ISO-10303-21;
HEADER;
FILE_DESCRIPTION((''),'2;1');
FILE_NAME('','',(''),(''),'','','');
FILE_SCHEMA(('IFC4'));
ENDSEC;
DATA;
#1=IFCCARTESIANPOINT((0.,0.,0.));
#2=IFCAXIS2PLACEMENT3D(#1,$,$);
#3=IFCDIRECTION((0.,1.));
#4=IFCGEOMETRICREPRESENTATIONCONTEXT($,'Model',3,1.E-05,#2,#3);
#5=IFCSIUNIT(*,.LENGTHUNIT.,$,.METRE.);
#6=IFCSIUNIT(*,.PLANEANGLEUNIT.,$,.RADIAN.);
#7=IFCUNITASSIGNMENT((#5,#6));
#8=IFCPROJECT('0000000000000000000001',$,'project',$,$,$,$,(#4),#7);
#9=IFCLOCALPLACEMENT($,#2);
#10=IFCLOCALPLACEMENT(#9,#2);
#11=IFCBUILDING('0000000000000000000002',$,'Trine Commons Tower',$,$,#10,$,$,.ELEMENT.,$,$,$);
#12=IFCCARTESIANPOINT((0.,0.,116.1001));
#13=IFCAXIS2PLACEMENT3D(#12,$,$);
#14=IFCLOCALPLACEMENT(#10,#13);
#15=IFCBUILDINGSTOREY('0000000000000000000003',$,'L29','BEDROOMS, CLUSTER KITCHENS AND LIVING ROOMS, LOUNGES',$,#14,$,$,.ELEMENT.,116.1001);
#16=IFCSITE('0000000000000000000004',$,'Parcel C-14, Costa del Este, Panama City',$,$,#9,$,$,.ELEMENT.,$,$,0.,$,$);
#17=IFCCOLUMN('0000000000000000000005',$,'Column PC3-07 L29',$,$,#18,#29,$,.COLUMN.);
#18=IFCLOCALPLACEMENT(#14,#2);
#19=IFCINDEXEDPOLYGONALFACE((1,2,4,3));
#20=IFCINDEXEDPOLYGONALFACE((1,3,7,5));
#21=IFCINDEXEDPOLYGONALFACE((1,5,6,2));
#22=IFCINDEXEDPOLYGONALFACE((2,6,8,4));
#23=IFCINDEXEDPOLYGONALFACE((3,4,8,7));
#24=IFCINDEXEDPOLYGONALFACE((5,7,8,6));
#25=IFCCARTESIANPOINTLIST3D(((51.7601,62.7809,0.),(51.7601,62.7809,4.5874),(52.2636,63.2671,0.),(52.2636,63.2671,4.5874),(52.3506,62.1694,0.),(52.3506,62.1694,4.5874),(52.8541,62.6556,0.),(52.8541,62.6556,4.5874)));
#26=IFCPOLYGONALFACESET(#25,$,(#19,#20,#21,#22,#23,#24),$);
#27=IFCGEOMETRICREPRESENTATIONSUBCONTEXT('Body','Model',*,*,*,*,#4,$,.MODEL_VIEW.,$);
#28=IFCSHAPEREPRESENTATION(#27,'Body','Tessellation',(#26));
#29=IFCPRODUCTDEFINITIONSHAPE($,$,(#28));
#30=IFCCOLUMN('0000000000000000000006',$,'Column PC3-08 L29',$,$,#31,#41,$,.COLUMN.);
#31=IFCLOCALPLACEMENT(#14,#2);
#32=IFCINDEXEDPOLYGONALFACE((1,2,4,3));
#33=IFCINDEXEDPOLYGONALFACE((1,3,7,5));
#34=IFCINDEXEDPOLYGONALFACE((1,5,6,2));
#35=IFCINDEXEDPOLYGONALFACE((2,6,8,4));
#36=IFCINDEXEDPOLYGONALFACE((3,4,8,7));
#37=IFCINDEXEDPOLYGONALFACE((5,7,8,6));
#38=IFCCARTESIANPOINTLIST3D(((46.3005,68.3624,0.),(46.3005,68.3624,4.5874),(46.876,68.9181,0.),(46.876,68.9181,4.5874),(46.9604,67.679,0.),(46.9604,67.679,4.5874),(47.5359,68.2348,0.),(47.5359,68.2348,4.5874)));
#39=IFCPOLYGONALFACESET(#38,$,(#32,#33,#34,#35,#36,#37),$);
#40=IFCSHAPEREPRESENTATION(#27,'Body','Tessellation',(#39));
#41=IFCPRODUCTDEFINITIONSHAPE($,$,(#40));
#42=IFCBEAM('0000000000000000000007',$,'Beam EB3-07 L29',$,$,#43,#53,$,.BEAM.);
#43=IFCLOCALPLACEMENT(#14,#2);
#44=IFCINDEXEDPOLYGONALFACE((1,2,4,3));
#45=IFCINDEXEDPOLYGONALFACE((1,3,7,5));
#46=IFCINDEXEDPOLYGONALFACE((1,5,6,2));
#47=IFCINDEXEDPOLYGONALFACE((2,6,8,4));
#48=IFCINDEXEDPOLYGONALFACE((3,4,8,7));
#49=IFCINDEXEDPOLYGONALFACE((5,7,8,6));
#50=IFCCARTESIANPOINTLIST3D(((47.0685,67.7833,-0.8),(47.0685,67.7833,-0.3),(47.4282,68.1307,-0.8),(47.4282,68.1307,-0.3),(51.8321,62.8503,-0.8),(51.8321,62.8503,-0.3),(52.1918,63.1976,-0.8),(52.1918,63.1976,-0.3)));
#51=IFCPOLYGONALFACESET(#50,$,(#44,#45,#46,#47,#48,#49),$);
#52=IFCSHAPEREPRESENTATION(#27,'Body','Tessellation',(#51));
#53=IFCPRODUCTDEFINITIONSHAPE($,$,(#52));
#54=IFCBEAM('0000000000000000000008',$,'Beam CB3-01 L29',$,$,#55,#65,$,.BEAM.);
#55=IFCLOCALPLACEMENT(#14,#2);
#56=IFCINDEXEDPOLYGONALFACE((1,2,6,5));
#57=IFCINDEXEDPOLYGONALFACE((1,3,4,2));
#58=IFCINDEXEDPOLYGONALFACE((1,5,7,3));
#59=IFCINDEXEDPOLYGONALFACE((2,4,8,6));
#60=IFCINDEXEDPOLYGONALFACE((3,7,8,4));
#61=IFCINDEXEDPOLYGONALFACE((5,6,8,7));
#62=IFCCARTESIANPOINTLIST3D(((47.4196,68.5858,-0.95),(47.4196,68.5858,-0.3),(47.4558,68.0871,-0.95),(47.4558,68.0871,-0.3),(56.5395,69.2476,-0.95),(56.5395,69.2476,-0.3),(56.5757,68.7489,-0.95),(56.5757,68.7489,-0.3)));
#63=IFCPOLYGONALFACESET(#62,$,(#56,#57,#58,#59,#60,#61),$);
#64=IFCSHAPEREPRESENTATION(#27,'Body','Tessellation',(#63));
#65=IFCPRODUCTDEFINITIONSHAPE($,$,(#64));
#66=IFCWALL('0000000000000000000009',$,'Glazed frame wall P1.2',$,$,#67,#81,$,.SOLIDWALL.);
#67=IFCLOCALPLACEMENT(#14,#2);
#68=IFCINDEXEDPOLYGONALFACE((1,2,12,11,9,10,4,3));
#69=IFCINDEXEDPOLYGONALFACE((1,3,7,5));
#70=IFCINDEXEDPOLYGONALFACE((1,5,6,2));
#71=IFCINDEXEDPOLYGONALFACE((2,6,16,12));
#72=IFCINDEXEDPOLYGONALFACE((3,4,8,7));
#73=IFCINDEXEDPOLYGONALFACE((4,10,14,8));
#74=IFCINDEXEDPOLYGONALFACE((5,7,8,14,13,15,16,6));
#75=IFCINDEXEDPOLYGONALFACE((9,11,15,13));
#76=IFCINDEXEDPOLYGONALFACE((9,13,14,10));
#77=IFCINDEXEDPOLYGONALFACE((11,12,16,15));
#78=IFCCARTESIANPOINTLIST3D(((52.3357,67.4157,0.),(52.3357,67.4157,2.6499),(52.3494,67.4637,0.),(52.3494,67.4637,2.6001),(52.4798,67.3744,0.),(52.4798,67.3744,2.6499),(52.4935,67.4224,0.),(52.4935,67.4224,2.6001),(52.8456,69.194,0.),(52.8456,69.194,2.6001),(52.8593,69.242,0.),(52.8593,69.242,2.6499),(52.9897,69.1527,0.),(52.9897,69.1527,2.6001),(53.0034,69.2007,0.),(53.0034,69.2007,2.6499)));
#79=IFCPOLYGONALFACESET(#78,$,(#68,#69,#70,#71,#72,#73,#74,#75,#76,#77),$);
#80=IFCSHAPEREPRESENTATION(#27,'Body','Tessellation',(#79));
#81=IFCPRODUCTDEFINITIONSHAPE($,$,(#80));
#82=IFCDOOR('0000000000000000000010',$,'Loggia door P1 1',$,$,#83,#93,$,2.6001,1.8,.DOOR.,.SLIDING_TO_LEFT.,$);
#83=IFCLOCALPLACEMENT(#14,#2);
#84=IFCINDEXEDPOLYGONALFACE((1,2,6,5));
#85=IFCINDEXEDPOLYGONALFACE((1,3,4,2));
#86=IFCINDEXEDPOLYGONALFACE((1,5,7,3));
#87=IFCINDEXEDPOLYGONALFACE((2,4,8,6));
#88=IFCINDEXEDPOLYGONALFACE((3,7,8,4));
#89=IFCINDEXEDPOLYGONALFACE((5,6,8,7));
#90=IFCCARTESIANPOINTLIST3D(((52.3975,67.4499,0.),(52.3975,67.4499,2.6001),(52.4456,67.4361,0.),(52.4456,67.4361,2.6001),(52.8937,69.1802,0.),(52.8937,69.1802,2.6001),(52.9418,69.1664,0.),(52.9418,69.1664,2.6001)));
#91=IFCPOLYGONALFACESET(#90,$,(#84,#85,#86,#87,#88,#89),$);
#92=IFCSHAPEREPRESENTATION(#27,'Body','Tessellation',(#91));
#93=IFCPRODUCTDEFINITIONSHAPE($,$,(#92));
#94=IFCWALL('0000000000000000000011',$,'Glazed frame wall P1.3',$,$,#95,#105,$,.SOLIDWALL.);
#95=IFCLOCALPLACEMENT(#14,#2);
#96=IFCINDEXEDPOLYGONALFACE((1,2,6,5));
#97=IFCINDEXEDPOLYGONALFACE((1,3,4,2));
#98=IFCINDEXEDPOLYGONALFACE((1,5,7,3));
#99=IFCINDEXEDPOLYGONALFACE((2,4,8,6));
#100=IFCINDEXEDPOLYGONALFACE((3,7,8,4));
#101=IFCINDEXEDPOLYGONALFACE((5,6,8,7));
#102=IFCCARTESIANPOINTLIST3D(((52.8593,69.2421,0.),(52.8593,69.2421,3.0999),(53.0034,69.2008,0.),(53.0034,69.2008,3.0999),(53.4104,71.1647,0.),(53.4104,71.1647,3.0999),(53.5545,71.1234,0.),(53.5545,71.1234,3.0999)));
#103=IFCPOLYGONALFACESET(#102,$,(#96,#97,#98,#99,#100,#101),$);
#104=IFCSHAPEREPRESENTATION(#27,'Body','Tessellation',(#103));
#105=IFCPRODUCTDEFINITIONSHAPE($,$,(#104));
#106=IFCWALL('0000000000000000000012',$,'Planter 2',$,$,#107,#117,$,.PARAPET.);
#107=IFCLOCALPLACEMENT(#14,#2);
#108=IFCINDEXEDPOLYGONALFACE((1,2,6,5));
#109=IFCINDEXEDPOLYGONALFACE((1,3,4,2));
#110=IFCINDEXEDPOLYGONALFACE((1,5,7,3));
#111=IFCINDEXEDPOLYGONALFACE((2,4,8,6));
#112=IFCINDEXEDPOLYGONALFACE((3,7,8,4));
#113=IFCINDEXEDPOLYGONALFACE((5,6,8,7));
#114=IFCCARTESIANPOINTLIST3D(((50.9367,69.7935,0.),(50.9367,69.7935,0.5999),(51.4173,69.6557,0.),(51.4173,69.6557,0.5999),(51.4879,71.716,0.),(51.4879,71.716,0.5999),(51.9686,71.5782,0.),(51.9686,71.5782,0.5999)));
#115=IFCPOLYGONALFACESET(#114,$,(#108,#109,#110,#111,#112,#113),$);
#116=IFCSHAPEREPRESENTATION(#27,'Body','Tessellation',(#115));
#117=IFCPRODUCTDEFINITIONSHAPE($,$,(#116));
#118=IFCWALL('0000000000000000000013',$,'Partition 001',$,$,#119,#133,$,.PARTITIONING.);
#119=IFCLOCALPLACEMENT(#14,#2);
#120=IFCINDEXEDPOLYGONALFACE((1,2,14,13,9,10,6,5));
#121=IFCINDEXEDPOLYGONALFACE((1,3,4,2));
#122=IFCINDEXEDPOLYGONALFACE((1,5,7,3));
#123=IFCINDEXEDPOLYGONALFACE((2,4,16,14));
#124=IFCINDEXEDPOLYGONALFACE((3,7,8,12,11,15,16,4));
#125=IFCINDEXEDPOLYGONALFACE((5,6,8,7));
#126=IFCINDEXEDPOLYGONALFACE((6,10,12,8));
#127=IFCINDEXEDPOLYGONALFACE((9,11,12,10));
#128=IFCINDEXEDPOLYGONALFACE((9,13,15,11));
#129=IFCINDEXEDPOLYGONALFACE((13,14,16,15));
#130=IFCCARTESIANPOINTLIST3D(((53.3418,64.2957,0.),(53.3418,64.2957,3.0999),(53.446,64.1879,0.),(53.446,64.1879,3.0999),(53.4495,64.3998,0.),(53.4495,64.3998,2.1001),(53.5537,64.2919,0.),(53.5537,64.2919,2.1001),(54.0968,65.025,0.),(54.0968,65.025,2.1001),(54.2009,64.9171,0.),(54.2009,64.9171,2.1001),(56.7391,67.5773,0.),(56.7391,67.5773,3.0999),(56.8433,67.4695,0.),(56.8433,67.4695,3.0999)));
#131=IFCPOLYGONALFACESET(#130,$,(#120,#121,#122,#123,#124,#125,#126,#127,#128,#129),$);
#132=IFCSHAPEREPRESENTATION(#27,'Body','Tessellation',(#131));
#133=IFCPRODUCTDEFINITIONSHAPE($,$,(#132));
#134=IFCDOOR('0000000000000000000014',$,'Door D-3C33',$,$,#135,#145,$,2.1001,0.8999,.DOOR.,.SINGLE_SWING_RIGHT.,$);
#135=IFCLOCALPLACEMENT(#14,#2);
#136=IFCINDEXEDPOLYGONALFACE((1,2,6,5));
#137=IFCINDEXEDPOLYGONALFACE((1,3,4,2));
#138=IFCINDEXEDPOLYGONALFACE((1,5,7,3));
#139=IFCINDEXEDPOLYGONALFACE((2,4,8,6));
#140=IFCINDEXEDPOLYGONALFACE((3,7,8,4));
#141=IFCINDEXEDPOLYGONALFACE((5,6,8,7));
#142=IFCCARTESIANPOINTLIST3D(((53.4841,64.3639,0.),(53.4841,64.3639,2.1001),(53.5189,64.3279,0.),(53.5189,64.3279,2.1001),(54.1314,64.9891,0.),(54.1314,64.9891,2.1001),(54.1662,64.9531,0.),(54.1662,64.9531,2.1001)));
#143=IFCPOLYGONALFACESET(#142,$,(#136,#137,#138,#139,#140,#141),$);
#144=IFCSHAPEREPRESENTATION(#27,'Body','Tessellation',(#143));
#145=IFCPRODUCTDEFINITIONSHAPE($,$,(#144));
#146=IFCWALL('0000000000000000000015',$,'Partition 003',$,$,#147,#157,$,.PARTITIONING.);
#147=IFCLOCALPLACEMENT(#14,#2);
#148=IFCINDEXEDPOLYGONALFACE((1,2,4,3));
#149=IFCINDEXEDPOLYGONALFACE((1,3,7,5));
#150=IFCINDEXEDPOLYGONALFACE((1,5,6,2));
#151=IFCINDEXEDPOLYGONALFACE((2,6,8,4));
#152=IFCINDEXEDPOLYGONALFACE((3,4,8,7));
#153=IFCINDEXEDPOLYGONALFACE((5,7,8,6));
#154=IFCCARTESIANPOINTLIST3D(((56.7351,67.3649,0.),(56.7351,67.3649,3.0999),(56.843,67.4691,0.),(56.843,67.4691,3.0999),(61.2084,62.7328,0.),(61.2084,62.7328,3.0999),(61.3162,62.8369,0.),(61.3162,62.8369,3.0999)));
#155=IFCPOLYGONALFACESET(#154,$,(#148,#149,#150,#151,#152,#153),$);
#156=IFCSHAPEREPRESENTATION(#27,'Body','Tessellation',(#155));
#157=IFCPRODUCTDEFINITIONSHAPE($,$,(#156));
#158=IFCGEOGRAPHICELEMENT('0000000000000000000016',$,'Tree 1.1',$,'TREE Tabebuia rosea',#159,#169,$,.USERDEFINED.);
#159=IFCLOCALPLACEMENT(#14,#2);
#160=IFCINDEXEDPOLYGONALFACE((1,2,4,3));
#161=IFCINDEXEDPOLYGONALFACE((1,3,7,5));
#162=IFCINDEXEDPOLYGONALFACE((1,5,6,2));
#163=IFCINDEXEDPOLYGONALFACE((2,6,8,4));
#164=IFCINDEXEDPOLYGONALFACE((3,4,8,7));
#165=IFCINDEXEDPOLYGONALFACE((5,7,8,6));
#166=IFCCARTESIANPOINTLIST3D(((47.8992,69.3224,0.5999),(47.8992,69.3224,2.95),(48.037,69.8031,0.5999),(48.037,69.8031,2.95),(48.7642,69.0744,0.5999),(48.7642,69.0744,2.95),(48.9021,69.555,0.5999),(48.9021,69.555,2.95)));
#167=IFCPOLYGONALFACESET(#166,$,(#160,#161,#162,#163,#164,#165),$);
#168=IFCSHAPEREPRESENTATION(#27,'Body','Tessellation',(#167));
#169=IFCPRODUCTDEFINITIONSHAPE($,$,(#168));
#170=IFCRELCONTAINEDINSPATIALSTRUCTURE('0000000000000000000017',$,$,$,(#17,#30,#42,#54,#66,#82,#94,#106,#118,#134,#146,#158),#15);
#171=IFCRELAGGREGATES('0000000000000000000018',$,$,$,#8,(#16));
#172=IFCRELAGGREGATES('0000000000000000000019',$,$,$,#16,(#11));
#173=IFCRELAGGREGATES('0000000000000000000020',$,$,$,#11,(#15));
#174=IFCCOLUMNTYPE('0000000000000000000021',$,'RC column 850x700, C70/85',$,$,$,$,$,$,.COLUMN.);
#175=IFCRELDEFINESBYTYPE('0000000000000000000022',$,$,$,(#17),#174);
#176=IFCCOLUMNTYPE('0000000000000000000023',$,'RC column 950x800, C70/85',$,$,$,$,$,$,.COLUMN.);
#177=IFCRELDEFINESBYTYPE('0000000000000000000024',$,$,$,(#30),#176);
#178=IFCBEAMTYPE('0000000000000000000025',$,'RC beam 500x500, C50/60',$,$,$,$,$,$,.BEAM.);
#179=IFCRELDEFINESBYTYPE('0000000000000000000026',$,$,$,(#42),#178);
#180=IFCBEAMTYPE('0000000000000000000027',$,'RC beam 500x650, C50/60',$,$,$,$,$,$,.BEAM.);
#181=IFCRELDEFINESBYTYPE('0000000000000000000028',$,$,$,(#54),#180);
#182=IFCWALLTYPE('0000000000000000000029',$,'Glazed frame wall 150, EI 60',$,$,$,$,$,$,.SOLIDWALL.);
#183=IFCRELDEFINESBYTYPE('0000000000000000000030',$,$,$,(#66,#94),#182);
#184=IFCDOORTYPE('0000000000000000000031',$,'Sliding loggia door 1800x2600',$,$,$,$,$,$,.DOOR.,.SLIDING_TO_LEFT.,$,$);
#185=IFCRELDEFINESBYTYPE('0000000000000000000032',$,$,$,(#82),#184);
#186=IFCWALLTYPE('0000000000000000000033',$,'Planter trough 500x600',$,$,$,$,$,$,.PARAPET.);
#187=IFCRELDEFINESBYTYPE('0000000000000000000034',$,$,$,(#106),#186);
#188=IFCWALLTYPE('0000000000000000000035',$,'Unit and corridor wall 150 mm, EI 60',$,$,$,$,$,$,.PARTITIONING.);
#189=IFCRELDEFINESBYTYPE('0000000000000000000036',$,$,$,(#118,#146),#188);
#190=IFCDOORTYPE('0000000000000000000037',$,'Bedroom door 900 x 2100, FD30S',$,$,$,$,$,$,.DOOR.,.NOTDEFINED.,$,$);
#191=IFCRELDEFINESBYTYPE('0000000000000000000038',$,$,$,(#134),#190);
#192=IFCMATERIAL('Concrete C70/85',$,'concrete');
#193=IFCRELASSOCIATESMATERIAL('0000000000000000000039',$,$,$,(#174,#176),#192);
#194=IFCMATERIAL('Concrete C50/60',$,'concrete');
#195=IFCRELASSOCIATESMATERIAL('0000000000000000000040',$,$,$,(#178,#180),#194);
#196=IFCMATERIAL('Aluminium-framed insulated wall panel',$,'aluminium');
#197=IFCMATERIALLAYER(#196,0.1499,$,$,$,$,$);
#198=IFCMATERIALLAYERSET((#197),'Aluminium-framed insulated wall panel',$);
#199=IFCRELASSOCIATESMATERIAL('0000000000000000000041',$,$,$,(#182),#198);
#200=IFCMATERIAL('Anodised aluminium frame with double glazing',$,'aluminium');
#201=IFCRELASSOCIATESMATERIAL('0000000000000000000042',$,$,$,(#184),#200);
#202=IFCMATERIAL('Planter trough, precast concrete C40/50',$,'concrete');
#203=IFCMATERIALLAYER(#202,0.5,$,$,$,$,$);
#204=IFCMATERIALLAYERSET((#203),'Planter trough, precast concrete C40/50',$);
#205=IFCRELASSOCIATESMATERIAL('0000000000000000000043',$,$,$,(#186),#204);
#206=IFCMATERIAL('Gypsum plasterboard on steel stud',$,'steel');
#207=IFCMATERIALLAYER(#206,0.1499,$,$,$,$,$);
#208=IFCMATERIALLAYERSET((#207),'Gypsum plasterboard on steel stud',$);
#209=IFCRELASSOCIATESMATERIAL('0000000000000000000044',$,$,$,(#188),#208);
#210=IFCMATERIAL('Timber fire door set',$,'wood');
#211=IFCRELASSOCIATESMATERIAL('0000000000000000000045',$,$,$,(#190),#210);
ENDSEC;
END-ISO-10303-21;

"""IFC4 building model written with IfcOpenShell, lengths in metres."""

from ifc_helpers import new_model, si_unit, direction, frame, frame_2d, origin, origin_2d, place, context, subcontext, project, spatial, polyline, rectangle, outline, extrude, material, layer, layer_set, material_profile, profile_set, type_object, element, fill, save


model = new_model("IFC4")

# Units and contexts
model_context = context("Model", 3, precision=1e-05, world=origin(), true_north=direction((0.0, 1.0)))
body_context = subcontext(model_context, "Body", "Model", "MODEL_VIEW")
ifc_project = project(units=[si_unit("LENGTHUNIT", "METRE"), si_unit("PLANEANGLEUNIT", "RADIAN")], contexts=[model_context])

# Site, building, storey
site_placement = place(None, origin())
site = spatial("IfcSite", under=ifc_project, at=site_placement, Name="Parcel C-14, Costa del Este, Panama City", CompositionType="ELEMENT", RefElevation=0.0)
building_placement = place(site_placement, origin())
building = spatial("IfcBuilding", under=site, at=building_placement, Name="Trine Commons Tower", CompositionType="ELEMENT")
storey_placement = place(building_placement, frame((0.0, 0.0, 116.1001)))
storey = spatial("IfcBuildingStorey", under=building, at=storey_placement, Name="L29", Description="BEDROOMS, CLUSTER KITCHENS AND LIVING ROOMS, LOUNGES", CompositionType="ELEMENT", Elevation=116.1001)

# Columns
ifc_material_1 = material(Name="Concrete C70/85", Category="concrete")
ifc_material_profile_1 = material_profile(ifc_material_1, rectangle(XDim=0.8501, YDim=0.7, at=origin_2d()), Name="RC 850x700")
ifc_profile_set_1 = profile_set([ifc_material_profile_1], Name="Concrete C70/85")
column_type_1 = type_object("IfcColumnType", Name="RC column 850x700, C70/85", PredefinedType="COLUMN", material=ifc_profile_set_1)
column_1_placement = place(storey_placement, frame((52.3071, 62.7183, 0.0), z_axis=(0.0, 0.0, 1.0), x_axis=(-0.694658, 0.71934, 0.0)))
element("IfcColumn", 1, at=column_1_placement, inside=storey, type_object=column_type_1, Name="Column PC3-07 L29", PredefinedType="COLUMN", context=body_context, shape_type="SweptSolid", body=[
    extrude(rectangle(XDim=0.8501, YDim=0.7, at=origin_2d()), origin(), (0.0, 0.0, 1.0), 4.5874),
])
ifc_material_profile_2 = material_profile(ifc_material_1, rectangle(XDim=0.95, YDim=0.8, at=origin_2d()), Name="RC 950x800")
ifc_profile_set_2 = profile_set([ifc_material_profile_2], Name="Concrete C70/85")
column_type_2 = type_object("IfcColumnType", Name="RC column 950x800, C70/85", PredefinedType="COLUMN", material=ifc_profile_set_2)
column_2_placement = place(storey_placement, frame((46.9182, 68.2986, 0.0), z_axis=(0.0, 0.0, 1.0), x_axis=(-0.694658, 0.71934, 0.0)))
element("IfcColumn", 2, at=column_2_placement, inside=storey, type_object=column_type_2, Name="Column PC3-08 L29", PredefinedType="COLUMN", context=body_context, shape_type="SweptSolid", body=[
    extrude(rectangle(XDim=0.95, YDim=0.8, at=origin_2d()), origin(), (0.0, 0.0, 1.0), 4.5874),
])

# Beams
ifc_material_2 = material(Name="Concrete C50/60", Category="concrete")
ifc_material_profile_3 = material_profile(ifc_material_2, rectangle(XDim=0.5, YDim=0.5, at=origin_2d()), Name="RC 500x500")
ifc_profile_set_3 = profile_set([ifc_material_profile_3], Name="Concrete C50/60")
beam_type_1 = type_object("IfcBeamType", Name="RC beam 500x500, C50/60", PredefinedType="BEAM", material=ifc_profile_set_3)
beam_1_placement = place(storey_placement, frame((52.012, 63.0239, -0.55), z_axis=(-0.694645, 0.719352, 0.0), x_axis=(-0.719352, -0.694645, 0.0)))
element("IfcBeam", 3, at=beam_1_placement, inside=storey, type_object=beam_type_1, Name="Beam EB3-07 L29", PredefinedType="BEAM", context=body_context, shape_type="SweptSolid", body=[
    extrude(rectangle(XDim=0.5, YDim=0.5, at=origin_2d()), origin(), (0.0, 0.0, 1.0), 6.8577),
])
ifc_material_profile_4 = material_profile(ifc_material_2, rectangle(XDim=0.5, YDim=0.6499, at=origin_2d()), Name="RC 500x650")
ifc_profile_set_4 = profile_set([ifc_material_profile_4], Name="Concrete C50/60")
beam_type_2 = type_object("IfcBeamType", Name="RC beam 500x650, C50/60", PredefinedType="BEAM", material=ifc_profile_set_4)
beam_2_placement = place(storey_placement, frame((47.4377, 68.3364, -0.625), z_axis=(0.997377, 0.072384, 0.0), x_axis=(-0.072384, 0.997377, 0.0)))
element("IfcBeam", 4, at=beam_2_placement, inside=storey, type_object=beam_type_2, Name="Beam CB3-01 L29", PredefinedType="BEAM", context=body_context, shape_type="SweptSolid", body=[
    extrude(rectangle(XDim=0.5, YDim=0.6499, at=origin_2d()), origin(), (0.0, 0.0, 1.0), 9.1438),
])

# Shared definitions
ifc_material_3 = material(Name="Aluminium-framed insulated wall panel", Category="aluminium")
ifc_layer_1 = layer(ifc_material_3, 0.1499)
ifc_layer_set_1 = layer_set([ifc_layer_1], Name="Aluminium-framed insulated wall panel")
wall_type_1 = type_object("IfcWallType", Name="Glazed frame wall 150, EI 60", PredefinedType="SOLIDWALL", material=ifc_layer_set_1)

# Wall, opening, door
wall_1_placement = place(storey_placement, frame((52.4077, 67.395, 0.0), z_axis=(0.0, 0.0, 1.0), x_axis=(0.27562, 0.961267, 0.0)))
wall_1 = element("IfcWall", 5, at=wall_1_placement, inside=storey, type_object=wall_type_1, Name="Glazed frame wall P1.2", PredefinedType="SOLIDWALL", context=body_context, shape_type="SweptSolid", body=[
    extrude(outline(polyline([(0.0, -0.075), (1.8999, -0.075), (1.8999, 0.075), (0.0, 0.075), (0.0, -0.075)])), origin(), (0.0, 0.0, 1.0), 2.6499),
])
opening_1_placement = place(wall_1_placement, frame((0.05, 0.0, 0.0)))
opening_1 = element("IfcOpeningElement", 6, at=opening_1_placement, cuts=wall_1, PredefinedType="OPENING", context=body_context, shape_type="SweptSolid", body=[
    extrude(rectangle(XDim=1.8, YDim=2.6001, at=frame_2d((0.8999, 1.3))), frame((0.0, 0.085, 0.0), z_axis=(0.0, -1.0, 0.0), x_axis=(1.0, 0.0, 0.0)), (0.0, 0.0, 1.0), 0.1699),
])
ifc_material_4 = material(Name="Anodised aluminium frame with double glazing", Category="aluminium")
door_type_1 = type_object("IfcDoorType", Name="Sliding loggia door 1800x2600", OperationType="SLIDING_TO_LEFT", PredefinedType="DOOR", material=ifc_material_4)
door_1_placement = place(opening_1_placement, origin())
door_1 = element("IfcDoor", 7, at=door_1_placement, inside=storey, type_object=door_type_1, Name="Loggia door P1 1", OperationType="SLIDING_TO_LEFT", OverallHeight=2.6001, OverallWidth=1.8, PredefinedType="DOOR", context=body_context, shape_type="SweptSolid", body=[
    extrude(rectangle(XDim=1.8, YDim=2.6001, at=frame_2d((0.8999, 1.3))), frame((0.0, 0.0249, 0.0), z_axis=(0.0, -1.0, 0.0), x_axis=(1.0, 0.0, 0.0)), (0.0, 0.0, 1.0), 0.05),
])
fill(opening_1, door_1)

# Walls
wall_2_placement = place(storey_placement, frame((52.9314, 69.2214, 0.0), z_axis=(0.0, 0.0, 1.0), x_axis=(0.275511, 0.961298, 0.0)))
element("IfcWall", 8, at=wall_2_placement, inside=storey, type_object=wall_type_1, Name="Glazed frame wall P1.3", PredefinedType="SOLIDWALL", context=body_context, shape_type="SweptSolid", body=[
    extrude(outline(polyline([(0.0, -0.075), (2.0, -0.075), (2.0, 0.075), (0.0, 0.075), (0.0, -0.075)])), origin(), (0.0, 0.0, 1.0), 3.0999),
])
ifc_material_5 = material(Name="Planter trough, precast concrete C40/50", Category="concrete")
ifc_layer_2 = layer(ifc_material_5, 0.5)
ifc_layer_set_2 = layer_set([ifc_layer_2], Name="Planter trough, precast concrete C40/50")
wall_type_2 = type_object("IfcWallType", Name="Planter trough 500x600", PredefinedType="PARAPET", material=ifc_layer_set_2)
wall_3_placement = place(storey_placement, frame((51.177, 69.7246, 0.0), z_axis=(0.0, 0.0, 1.0), x_axis=(0.275624, 0.961266, 0.0)))
element("IfcWall", 9, at=wall_3_placement, inside=storey, type_object=wall_type_2, Name="Planter 2", PredefinedType="PARAPET", context=body_context, shape_type="SweptSolid", body=[
    extrude(rectangle(XDim=2.0, YDim=0.5, at=frame_2d((1.0, 0.0))), origin(), (0.0, 0.0, 1.0), 0.5999),
])

# Wall, opening, door
ifc_material_6 = material(Name="Gypsum plasterboard on steel stud", Category="steel")
ifc_layer_3 = layer(ifc_material_6, 0.1499)
ifc_layer_set_3 = layer_set([ifc_layer_3], Name="Gypsum plasterboard on steel stud")
wall_type_3 = type_object("IfcWallType", Name="Unit and corridor wall 150 mm, EI 60", PredefinedType="PARTITIONING", material=ifc_layer_set_3)
wall_4_placement = place(storey_placement, frame((53.3938, 64.2417, 0.0), z_axis=(0.0, 0.0, 1.0), x_axis=(0.719251, 0.69475, 0.0)))
wall_4 = element("IfcWall", 10, at=wall_4_placement, inside=storey, type_object=wall_type_3, Name="Partition 001", PredefinedType="PARTITIONING", context=body_context, shape_type="SweptSolid", body=[
    extrude(rectangle(XDim=4.7234, YDim=0.1499, at=frame_2d((2.3618, 0.0))), origin(), (0.0, 0.0, 1.0), 3.0999),
])
opening_2_placement = place(wall_4_placement, frame((0.1499, 0.0, 0.0)))
opening_2 = element("IfcOpeningElement", 11, at=opening_2_placement, cuts=wall_4, PredefinedType="OPENING", context=body_context, shape_type="SweptSolid", body=[
    extrude(rectangle(XDim=0.8999, YDim=2.1001, at=frame_2d((0.45, 1.05))), frame((0.0, 0.085, 0.0), z_axis=(0.0, -1.0, 0.0), x_axis=(1.0, 0.0, 0.0)), (0.0, 0.0, 1.0), 0.1699),
])
ifc_material_7 = material(Name="Timber fire door set", Category="wood")
door_type_2 = type_object("IfcDoorType", Name="Bedroom door 900 x 2100, FD30S", OperationType="NOTDEFINED", PredefinedType="DOOR", material=ifc_material_7)
door_2_placement = place(opening_2_placement, frame((0.8999, 0.0, 0.0), z_axis=(0.0, 0.0, 1.0), x_axis=(-1.0, 0.0, 0.0)))
door_2 = element("IfcDoor", 12, at=door_2_placement, inside=storey, type_object=door_type_2, Name="Door D-3C33", OperationType="SINGLE_SWING_RIGHT", OverallHeight=2.1001, OverallWidth=0.8999, PredefinedType="DOOR", context=body_context, shape_type="SweptSolid", body=[
    extrude(rectangle(XDim=0.8999, YDim=2.1001, at=frame_2d((0.45, 1.05))), frame((0.0, 0.0249, 0.0), z_axis=(0.0, -1.0, 0.0), x_axis=(1.0, 0.0, 0.0)), (0.0, 0.0, 1.0), 0.05),
])
fill(opening_2, door_2)

# Wall
wall_5_placement = place(storey_placement, frame((56.7891, 67.417, 0.0), z_axis=(0.0, 0.0, 1.0), x_axis=(0.694658, -0.71934, 0.0)))
element("IfcWall", 13, at=wall_5_placement, inside=storey, type_object=wall_type_3, Name="Partition 003", PredefinedType="PARTITIONING", context=body_context, shape_type="SweptSolid", body=[
    extrude(rectangle(XDim=6.4395, YDim=0.1499, at=frame_2d((3.2197, 0.0))), origin(), (0.0, 0.0, 1.0), 3.0999),
])

# Geographic element
geographic_element_placement = place(storey_placement, frame((48.4006, 69.4387, 0.5999), z_axis=(0.0, 0.0, 1.0), x_axis=(0.961261, -0.275641, 0.0)))
element("IfcGeographicElement", 14, at=geographic_element_placement, inside=storey, Name="Tree 1.1", ObjectType="TREE Tabebuia rosea", PredefinedType="USERDEFINED", context=body_context, shape_type="SweptSolid", body=[
    extrude(rectangle(XDim=0.8999, YDim=0.5, at=origin_2d()), origin(), (0.0, 0.0, 1.0), 2.3501),
])

save(model, "model.ifc")
